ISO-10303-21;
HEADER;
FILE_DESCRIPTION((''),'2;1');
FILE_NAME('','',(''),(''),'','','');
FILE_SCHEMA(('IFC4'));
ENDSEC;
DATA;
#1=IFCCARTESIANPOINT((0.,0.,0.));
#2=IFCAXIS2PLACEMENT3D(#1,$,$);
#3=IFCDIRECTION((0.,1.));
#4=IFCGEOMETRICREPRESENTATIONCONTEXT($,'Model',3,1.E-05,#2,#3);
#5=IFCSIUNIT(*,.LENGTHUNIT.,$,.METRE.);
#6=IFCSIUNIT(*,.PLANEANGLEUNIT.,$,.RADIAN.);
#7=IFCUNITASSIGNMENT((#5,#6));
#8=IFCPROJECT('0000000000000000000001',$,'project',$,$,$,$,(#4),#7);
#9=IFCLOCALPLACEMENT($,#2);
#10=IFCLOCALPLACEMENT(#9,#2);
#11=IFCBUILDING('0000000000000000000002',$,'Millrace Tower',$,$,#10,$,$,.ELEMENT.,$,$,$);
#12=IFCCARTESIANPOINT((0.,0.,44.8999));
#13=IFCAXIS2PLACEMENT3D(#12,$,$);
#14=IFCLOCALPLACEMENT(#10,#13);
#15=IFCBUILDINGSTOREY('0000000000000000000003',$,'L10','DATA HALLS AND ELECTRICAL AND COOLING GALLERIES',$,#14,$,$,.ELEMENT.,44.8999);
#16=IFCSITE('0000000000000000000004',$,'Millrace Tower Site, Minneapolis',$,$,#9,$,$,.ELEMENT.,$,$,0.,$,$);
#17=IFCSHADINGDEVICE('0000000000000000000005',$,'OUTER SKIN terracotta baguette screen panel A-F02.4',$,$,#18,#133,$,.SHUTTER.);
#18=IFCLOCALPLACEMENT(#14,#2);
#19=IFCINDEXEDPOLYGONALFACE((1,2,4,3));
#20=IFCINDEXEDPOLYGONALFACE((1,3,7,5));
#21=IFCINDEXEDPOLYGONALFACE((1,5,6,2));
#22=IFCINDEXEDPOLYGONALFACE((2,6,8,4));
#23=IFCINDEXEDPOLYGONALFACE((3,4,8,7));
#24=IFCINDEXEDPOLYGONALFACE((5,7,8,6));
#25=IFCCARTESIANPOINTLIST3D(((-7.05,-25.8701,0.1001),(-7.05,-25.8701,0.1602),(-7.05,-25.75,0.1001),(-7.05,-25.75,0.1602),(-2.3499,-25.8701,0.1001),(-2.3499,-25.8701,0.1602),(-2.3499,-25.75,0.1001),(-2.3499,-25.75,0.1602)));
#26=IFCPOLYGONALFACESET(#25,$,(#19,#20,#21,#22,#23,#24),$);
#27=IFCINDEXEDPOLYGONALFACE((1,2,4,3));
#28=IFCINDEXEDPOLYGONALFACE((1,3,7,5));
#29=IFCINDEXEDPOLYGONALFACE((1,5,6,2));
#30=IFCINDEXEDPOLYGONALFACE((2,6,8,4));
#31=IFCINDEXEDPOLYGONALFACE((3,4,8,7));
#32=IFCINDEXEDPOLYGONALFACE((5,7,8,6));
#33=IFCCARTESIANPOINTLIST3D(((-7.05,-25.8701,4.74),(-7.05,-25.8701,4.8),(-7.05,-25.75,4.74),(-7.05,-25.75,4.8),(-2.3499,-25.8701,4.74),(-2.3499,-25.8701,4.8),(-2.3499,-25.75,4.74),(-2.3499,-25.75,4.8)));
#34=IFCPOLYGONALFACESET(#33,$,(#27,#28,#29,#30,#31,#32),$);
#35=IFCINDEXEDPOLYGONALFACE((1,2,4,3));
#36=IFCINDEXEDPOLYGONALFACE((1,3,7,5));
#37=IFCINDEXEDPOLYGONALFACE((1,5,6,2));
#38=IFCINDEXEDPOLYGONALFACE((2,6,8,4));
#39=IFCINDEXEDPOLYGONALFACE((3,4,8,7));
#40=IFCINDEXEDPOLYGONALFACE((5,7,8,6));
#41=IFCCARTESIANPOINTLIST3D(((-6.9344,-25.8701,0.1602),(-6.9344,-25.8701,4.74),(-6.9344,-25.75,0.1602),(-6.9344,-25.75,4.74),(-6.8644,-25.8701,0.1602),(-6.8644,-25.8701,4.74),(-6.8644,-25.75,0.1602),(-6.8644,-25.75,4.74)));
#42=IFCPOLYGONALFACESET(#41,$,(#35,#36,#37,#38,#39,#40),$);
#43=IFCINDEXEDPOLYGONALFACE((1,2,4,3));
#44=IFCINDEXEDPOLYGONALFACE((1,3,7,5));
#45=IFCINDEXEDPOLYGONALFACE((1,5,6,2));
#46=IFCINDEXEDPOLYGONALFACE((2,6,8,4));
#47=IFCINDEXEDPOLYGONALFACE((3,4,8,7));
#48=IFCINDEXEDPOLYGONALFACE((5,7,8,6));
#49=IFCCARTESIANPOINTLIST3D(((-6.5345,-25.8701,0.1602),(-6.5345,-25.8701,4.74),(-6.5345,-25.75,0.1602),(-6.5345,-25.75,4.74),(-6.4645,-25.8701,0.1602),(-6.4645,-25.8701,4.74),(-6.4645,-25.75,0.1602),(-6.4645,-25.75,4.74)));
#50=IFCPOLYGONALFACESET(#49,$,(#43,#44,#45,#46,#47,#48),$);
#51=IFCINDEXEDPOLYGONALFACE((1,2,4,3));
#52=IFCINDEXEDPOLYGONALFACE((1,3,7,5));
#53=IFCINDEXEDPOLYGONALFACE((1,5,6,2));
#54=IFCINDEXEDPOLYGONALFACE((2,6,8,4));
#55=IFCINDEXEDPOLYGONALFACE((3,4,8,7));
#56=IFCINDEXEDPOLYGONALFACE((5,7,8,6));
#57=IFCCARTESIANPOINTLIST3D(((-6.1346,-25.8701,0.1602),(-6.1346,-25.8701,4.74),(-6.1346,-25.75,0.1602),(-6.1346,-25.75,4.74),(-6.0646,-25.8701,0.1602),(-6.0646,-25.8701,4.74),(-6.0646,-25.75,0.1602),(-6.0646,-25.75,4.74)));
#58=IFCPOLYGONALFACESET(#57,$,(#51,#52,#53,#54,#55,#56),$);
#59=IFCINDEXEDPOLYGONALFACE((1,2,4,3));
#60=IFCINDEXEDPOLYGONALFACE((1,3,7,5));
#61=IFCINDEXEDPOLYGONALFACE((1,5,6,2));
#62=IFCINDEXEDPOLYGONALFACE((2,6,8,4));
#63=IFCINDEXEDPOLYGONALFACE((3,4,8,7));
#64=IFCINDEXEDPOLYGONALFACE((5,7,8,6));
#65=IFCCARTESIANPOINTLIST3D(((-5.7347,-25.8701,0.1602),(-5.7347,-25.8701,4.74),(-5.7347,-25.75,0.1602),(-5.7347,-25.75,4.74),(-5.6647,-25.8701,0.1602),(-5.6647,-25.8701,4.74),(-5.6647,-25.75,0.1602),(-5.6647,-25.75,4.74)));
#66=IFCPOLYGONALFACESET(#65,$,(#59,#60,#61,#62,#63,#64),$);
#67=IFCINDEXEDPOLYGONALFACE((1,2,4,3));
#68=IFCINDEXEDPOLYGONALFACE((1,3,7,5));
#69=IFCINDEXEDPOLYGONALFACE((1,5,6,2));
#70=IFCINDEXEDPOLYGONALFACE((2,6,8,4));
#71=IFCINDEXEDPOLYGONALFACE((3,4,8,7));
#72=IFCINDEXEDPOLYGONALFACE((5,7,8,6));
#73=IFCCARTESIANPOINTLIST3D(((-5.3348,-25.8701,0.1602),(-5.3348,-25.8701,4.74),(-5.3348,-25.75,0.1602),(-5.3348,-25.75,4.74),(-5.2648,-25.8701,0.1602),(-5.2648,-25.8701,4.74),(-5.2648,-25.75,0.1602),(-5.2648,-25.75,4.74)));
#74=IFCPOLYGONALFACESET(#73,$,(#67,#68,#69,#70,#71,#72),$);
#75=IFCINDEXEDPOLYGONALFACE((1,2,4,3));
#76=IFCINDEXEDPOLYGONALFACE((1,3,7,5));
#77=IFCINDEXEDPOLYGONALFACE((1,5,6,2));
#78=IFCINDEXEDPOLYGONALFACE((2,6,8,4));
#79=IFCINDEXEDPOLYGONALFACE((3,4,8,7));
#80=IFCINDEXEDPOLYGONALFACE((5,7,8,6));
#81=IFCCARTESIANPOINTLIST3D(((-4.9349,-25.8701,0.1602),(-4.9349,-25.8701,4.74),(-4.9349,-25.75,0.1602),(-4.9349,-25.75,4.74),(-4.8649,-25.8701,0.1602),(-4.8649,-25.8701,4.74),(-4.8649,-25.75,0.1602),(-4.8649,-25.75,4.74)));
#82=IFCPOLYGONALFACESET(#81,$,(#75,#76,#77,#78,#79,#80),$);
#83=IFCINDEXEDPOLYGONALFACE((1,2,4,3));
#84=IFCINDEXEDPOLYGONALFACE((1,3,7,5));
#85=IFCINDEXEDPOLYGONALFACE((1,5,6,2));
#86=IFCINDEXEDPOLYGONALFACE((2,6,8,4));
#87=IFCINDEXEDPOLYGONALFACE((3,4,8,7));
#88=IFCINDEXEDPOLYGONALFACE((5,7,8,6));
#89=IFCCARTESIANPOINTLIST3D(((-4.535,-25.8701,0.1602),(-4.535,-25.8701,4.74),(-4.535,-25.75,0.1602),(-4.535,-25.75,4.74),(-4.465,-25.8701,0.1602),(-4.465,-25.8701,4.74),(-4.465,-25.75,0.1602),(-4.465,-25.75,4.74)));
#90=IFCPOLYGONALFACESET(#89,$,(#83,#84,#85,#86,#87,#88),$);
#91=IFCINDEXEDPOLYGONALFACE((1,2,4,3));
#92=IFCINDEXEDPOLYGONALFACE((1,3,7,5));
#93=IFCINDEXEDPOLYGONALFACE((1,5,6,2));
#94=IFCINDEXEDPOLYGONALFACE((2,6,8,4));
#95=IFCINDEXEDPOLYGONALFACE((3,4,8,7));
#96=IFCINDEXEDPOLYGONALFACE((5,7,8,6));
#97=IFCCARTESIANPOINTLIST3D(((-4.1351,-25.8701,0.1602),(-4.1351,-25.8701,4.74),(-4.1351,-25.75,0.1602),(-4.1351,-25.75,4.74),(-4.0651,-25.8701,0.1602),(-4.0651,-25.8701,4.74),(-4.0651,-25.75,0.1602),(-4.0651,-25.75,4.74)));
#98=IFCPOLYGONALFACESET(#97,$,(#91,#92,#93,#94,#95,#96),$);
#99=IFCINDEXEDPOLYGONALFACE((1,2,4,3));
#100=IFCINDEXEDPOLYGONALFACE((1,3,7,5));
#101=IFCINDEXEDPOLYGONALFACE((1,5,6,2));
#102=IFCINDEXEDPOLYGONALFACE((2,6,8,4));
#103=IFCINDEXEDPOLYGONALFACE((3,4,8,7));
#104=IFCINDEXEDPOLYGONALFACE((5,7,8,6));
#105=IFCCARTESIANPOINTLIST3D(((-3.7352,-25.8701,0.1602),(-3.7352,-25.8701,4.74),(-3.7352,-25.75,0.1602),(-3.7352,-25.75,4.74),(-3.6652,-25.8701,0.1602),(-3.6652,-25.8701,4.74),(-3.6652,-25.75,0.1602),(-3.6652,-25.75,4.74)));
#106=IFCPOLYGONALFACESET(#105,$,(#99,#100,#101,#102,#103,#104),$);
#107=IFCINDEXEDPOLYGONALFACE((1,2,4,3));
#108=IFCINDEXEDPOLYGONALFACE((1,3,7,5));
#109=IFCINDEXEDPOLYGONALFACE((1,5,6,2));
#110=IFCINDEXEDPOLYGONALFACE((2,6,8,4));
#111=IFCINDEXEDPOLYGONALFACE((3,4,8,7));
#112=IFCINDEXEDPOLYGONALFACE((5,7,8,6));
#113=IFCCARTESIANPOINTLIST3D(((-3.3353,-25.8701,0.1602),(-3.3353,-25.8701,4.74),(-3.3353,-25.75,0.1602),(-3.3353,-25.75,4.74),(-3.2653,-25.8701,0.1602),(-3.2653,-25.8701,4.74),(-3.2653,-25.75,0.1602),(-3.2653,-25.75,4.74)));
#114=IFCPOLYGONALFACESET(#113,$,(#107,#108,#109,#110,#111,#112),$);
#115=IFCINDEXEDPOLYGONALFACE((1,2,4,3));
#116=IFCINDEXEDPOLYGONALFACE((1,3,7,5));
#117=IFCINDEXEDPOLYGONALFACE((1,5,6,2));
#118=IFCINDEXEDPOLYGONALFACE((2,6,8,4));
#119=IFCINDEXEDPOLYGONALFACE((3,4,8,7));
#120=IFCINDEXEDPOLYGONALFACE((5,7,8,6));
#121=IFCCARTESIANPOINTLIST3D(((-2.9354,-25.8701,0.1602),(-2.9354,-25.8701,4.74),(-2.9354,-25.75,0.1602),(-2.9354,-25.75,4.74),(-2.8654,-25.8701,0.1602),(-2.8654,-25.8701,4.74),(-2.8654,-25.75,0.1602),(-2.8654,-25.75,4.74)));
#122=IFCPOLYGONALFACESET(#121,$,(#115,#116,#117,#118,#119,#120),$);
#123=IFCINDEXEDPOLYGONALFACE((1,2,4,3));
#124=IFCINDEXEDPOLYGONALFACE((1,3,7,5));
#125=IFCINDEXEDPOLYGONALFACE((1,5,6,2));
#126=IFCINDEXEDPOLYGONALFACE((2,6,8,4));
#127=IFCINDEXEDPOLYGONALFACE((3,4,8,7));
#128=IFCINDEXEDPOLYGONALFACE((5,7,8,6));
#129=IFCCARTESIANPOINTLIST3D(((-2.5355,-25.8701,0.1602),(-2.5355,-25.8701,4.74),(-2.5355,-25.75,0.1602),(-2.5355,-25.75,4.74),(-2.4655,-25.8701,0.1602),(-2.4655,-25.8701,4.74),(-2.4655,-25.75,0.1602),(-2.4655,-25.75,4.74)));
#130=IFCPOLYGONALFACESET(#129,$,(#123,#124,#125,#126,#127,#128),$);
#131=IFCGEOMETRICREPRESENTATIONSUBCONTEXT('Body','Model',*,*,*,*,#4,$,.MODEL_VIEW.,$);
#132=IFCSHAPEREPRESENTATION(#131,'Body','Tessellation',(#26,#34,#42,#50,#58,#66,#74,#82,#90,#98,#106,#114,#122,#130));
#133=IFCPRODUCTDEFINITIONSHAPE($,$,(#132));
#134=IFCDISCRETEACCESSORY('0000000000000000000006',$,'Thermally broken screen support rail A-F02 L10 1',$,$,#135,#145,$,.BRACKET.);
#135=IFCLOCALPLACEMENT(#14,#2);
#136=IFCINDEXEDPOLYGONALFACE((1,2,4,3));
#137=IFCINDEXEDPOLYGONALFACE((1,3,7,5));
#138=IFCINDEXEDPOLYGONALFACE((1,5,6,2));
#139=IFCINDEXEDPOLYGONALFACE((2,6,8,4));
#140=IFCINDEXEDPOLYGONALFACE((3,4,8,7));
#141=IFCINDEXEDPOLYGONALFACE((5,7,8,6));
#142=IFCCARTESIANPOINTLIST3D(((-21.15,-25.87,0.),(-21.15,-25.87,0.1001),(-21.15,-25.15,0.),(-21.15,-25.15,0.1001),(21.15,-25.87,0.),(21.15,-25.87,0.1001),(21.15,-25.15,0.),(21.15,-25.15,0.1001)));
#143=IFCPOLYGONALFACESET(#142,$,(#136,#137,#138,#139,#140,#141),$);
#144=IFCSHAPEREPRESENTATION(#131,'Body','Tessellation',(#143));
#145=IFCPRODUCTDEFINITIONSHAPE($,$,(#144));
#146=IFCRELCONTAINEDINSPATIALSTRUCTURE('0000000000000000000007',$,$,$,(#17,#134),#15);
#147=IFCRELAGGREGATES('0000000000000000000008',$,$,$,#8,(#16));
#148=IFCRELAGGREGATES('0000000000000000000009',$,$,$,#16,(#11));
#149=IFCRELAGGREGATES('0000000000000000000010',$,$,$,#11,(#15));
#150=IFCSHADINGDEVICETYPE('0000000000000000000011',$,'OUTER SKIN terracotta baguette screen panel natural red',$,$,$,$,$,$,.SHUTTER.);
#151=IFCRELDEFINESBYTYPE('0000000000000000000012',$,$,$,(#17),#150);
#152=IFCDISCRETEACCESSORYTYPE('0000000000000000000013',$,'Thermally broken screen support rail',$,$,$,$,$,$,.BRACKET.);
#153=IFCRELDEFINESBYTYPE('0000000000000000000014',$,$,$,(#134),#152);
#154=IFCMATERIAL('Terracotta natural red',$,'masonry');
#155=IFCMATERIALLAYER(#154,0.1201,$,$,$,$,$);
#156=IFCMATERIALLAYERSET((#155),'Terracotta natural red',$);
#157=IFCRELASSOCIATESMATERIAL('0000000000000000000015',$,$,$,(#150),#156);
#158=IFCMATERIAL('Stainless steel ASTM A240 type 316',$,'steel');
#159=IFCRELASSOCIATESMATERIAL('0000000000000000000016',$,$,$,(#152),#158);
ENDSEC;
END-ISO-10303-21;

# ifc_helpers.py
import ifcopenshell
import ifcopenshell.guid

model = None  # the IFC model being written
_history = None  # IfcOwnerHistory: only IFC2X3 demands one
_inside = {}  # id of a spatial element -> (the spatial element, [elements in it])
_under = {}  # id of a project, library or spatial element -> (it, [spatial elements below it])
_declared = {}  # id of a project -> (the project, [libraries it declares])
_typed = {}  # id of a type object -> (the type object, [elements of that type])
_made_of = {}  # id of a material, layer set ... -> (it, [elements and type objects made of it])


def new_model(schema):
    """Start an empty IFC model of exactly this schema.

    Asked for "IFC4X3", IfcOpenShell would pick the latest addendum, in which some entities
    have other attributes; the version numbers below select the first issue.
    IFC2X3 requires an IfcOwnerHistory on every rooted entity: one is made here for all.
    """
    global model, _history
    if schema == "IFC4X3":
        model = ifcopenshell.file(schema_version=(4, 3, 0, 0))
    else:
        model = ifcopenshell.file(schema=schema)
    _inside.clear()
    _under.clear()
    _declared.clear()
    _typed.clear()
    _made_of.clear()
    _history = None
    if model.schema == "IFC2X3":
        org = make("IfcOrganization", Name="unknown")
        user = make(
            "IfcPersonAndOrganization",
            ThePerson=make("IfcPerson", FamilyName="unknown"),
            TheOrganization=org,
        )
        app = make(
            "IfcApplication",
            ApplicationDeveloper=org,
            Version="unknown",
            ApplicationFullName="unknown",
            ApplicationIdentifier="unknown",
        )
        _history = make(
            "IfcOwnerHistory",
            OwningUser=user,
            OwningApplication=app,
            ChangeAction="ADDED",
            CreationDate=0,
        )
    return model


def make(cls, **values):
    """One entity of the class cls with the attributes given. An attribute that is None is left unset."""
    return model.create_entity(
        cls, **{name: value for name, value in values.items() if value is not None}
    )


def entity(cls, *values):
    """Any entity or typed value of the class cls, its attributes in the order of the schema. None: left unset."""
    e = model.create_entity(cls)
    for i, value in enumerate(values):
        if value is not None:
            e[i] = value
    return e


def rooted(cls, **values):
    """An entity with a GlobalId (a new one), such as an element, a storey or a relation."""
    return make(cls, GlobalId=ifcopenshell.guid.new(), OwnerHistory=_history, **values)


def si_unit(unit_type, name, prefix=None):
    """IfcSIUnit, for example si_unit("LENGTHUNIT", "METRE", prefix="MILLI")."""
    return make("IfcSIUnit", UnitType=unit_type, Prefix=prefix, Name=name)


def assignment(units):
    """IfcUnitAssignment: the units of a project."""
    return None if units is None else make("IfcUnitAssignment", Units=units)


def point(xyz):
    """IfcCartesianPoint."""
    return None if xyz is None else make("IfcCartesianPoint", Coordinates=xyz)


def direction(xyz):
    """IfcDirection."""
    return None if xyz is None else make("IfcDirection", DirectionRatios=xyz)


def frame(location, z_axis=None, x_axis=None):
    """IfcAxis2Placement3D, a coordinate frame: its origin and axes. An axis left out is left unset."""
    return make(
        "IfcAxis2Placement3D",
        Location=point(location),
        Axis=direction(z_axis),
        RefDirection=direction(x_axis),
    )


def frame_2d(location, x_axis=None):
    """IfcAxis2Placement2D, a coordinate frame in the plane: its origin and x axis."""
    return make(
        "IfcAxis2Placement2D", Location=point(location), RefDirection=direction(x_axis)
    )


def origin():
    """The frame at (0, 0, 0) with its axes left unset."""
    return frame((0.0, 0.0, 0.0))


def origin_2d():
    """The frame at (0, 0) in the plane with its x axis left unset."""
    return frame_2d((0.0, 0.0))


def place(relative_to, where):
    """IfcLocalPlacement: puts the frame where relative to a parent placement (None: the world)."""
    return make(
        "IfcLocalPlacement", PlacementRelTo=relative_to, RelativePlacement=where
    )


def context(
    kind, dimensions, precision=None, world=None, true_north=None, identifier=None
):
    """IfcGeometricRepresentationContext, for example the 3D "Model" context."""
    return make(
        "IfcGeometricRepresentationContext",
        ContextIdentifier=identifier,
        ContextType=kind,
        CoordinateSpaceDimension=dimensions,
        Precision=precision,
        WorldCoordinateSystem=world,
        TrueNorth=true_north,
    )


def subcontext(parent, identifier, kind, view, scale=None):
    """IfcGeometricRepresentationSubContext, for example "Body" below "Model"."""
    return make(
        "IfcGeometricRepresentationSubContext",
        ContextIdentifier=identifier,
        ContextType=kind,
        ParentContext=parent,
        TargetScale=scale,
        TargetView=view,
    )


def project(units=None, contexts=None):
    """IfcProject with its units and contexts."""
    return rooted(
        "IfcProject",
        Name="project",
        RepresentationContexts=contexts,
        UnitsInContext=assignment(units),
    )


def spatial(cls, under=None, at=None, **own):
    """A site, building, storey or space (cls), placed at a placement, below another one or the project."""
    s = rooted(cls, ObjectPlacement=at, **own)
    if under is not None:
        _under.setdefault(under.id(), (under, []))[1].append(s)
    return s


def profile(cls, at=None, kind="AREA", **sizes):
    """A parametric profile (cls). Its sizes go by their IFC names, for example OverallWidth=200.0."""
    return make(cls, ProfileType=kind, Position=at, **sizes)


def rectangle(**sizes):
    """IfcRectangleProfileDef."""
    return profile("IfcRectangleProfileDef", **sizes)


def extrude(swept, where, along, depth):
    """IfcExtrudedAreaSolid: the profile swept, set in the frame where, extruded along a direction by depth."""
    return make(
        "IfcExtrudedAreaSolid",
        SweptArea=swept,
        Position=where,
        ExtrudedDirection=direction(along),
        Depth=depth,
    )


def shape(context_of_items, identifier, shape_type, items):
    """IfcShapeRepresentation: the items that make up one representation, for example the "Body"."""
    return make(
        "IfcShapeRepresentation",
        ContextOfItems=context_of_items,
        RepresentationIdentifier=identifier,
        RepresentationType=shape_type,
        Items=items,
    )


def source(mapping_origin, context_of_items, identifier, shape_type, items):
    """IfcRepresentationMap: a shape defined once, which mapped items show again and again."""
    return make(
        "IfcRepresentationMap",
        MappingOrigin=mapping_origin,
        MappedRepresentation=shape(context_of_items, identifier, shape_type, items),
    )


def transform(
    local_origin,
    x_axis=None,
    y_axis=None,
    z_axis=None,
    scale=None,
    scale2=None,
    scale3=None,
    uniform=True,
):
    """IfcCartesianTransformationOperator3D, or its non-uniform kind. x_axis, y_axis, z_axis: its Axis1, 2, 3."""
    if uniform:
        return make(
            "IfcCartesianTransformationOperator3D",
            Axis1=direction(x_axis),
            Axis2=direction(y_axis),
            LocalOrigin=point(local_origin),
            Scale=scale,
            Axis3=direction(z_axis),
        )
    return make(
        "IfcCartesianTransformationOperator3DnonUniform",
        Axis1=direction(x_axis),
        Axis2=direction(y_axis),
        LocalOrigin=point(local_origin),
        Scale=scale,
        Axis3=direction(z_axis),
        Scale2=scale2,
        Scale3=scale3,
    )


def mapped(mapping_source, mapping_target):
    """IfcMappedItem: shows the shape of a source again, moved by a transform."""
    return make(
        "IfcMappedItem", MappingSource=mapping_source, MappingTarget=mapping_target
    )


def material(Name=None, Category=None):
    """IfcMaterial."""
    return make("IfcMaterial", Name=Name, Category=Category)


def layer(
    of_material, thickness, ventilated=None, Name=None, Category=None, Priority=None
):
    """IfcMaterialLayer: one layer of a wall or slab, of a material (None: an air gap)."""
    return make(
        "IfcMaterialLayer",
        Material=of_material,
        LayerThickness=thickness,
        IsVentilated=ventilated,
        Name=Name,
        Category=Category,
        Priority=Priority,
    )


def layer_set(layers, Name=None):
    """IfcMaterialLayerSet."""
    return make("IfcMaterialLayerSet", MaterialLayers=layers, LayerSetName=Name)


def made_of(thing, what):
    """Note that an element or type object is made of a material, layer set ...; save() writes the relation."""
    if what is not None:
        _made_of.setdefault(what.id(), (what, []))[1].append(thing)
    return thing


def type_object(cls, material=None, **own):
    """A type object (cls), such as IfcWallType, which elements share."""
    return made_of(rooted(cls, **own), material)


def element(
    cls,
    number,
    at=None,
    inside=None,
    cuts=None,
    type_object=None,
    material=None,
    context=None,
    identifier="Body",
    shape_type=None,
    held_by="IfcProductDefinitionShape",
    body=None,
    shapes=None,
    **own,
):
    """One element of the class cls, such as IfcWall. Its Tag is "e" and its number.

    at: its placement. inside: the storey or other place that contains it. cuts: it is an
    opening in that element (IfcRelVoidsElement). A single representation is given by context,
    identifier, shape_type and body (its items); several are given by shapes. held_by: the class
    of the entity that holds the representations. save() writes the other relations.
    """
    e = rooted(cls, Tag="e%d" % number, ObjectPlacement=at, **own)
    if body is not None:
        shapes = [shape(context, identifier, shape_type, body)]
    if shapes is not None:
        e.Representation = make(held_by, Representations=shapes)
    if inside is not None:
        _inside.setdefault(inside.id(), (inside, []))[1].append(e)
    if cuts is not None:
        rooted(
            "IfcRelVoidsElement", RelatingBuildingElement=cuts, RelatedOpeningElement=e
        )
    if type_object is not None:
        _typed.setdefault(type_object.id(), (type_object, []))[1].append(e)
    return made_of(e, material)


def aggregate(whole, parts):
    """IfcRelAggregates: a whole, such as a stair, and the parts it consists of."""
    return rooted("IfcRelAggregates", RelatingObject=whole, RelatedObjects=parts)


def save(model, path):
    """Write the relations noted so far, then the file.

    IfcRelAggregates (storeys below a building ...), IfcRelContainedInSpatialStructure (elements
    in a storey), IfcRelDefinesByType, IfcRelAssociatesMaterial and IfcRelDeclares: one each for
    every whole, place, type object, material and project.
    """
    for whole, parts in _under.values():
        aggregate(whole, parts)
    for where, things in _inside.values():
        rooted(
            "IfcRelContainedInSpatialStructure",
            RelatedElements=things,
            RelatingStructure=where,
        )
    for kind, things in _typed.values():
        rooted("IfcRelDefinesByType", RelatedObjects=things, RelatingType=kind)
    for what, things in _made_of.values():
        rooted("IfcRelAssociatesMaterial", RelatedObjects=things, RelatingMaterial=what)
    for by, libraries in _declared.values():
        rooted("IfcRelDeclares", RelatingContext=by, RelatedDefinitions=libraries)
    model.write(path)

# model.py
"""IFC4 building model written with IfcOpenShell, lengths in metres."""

from ifc_helpers import new_model, entity, si_unit, direction, frame, frame_2d, origin, origin_2d, place, context, subcontext, project, spatial, rectangle, extrude, source, transform, mapped, material, layer, layer_set, type_object, element, save


model = new_model("IFC4")

# Units and contexts
model_context = context("Model", 3, precision=1e-05, world=origin(), true_north=direction((0.0, 1.0)))
body_context = subcontext(model_context, "Body", "Model", "MODEL_VIEW")
ifc_project = project(units=[si_unit("LENGTHUNIT", "METRE"), si_unit("PLANEANGLEUNIT", "RADIAN")], contexts=[model_context])

# Site, building, storey
site_placement = place(None, origin())
site = spatial("IfcSite", under=ifc_project, at=site_placement, Name="Millrace Tower Site, Minneapolis", CompositionType="ELEMENT", RefElevation=0.0)
building_placement = place(site_placement, origin())
building = spatial("IfcBuilding", under=site, at=building_placement, Name="Millrace Tower", CompositionType="ELEMENT")
storey_placement = place(building_placement, frame((0.0, 0.0, 44.8999)))
storey = spatial("IfcBuildingStorey", under=building, at=storey_placement, Name="L10", Description="DATA HALLS AND ELECTRICAL AND COOLING GALLERIES", CompositionType="ELEMENT", Elevation=44.8999)

# Shading device
cartesian_point = entity("IfcCartesianPoint", [-2.3501, 0.0601])
shared_polyline = entity("IfcPolyline", [cartesian_point, entity("IfcCartesianPoint", [2.3501, 0.0601]), entity("IfcCartesianPoint", [2.3501, -0.0601]), entity("IfcCartesianPoint", [-2.3501, -0.0601]), cartesian_point])
ifc_material_1 = material(Name="Terracotta natural red", Category="masonry")
ifc_layer_1 = layer(ifc_material_1, 0.1201)
ifc_layer_set_1 = layer_set([ifc_layer_1], Name="Terracotta natural red")
shading_device_type_1 = type_object("IfcShadingDeviceType", Name="OUTER SKIN terracotta baguette screen panel natural red", PredefinedType="SHUTTER", material=ifc_layer_set_1)
shared_shape_1 = source(origin(), body_context, "Body", "SweptSolid", [
    entity("IfcExtrudedAreaSolid", entity("IfcArbitraryClosedProfileDef", "AREA", None, shared_polyline), entity("IfcAxis2Placement3D", entity("IfcCartesianPoint", [0.0, 0.0, 0.0])), entity("IfcDirection", [0.0, 0.0, 1.0]), 0.0601),
    entity("IfcExtrudedAreaSolid", entity("IfcArbitraryClosedProfileDef", "AREA", None, shared_polyline), entity("IfcAxis2Placement3D", entity("IfcCartesianPoint", [0.0, 0.0, 4.6399])), entity("IfcDirection", [0.0, 0.0, 1.0]), 0.0601),
    extrude(rectangle(XDim=0.0701, YDim=0.1201, at=frame_2d((-2.1995, 0.0))), frame((0.0, 0.0, 0.0601)), (0.0, 0.0, 1.0), 4.5798),
    extrude(rectangle(XDim=0.0701, YDim=0.1201, at=frame_2d((-1.7996, 0.0))), frame((0.0, 0.0, 0.0601)), (0.0, 0.0, 1.0), 4.5798),
    extrude(rectangle(XDim=0.0701, YDim=0.1201, at=frame_2d((-1.3997, 0.0))), frame((0.0, 0.0, 0.0601)), (0.0, 0.0, 1.0), 4.5798),
    extrude(rectangle(XDim=0.0701, YDim=0.1201, at=frame_2d((-0.9998, 0.0))), frame((0.0, 0.0, 0.0601)), (0.0, 0.0, 1.0), 4.5798),
    extrude(rectangle(XDim=0.0701, YDim=0.1201, at=frame_2d((-0.5999, 0.0))), frame((0.0, 0.0, 0.0601)), (0.0, 0.0, 1.0), 4.5798),
    extrude(rectangle(XDim=0.0701, YDim=0.1201, at=frame_2d((-0.2, 0.0))), frame((0.0, 0.0, 0.0601)), (0.0, 0.0, 1.0), 4.5798),
    extrude(rectangle(XDim=0.0701, YDim=0.1201, at=frame_2d((0.2, 0.0))), frame((0.0, 0.0, 0.0601)), (0.0, 0.0, 1.0), 4.5798),
    extrude(rectangle(XDim=0.0701, YDim=0.1201, at=frame_2d((0.5999, 0.0))), frame((0.0, 0.0, 0.0601)), (0.0, 0.0, 1.0), 4.5798),
    extrude(rectangle(XDim=0.0701, YDim=0.1201, at=frame_2d((0.9998, 0.0))), frame((0.0, 0.0, 0.0601)), (0.0, 0.0, 1.0), 4.5798),
    extrude(rectangle(XDim=0.0701, YDim=0.1201, at=frame_2d((1.3997, 0.0))), frame((0.0, 0.0, 0.0601)), (0.0, 0.0, 1.0), 4.5798),
    extrude(rectangle(XDim=0.0701, YDim=0.1201, at=frame_2d((1.7996, 0.0))), frame((0.0, 0.0, 0.0601)), (0.0, 0.0, 1.0), 4.5798),
    extrude(rectangle(XDim=0.0701, YDim=0.1201, at=frame_2d((2.1995, 0.0))), frame((0.0, 0.0, 0.0601)), (0.0, 0.0, 1.0), 4.5798),
])
for number, where, z_axis, x_axis, name in (
    (1, (-4.7, -25.8101, 0.1001), (0.0, 0.0, 1.0), (1.0, 0.0, 0.0), "OUTER SKIN terracotta baguette screen panel A-F02.4"),
):
    element("IfcShadingDevice", number, at=place(storey_placement, frame(where, z_axis=z_axis, x_axis=x_axis)), inside=storey, type_object=shading_device_type_1, Name=name, PredefinedType="SHUTTER", context=body_context, shape_type="MappedRepresentation", body=[
        mapped(shared_shape_1, transform((0.0, 0.0, 0.0), scale=1.0)),
    ])

# Discrete accessory
ifc_material_2 = material(Name="Stainless steel ASTM A240 type 316", Category="steel")
discrete_accessory_type = type_object("IfcDiscreteAccessoryType", Name="Thermally broken screen support rail", PredefinedType="BRACKET", material=ifc_material_2)
discrete_accessory_placement = place(storey_placement, frame((0.0, -25.51, 0.0), z_axis=(0.0, 0.0, 1.0), x_axis=(1.0, 0.0, 0.0)))
element("IfcDiscreteAccessory", 2, at=discrete_accessory_placement, inside=storey, type_object=discrete_accessory_type, Name="Thermally broken screen support rail A-F02 L10 1", PredefinedType="BRACKET", context=body_context, shape_type="SweptSolid", body=[
    extrude(rectangle(XDim=42.3, YDim=0.72, at=origin_2d()), origin(), (0.0, 0.0, 1.0), 0.1001),
])

save(model, "model.ifc")
